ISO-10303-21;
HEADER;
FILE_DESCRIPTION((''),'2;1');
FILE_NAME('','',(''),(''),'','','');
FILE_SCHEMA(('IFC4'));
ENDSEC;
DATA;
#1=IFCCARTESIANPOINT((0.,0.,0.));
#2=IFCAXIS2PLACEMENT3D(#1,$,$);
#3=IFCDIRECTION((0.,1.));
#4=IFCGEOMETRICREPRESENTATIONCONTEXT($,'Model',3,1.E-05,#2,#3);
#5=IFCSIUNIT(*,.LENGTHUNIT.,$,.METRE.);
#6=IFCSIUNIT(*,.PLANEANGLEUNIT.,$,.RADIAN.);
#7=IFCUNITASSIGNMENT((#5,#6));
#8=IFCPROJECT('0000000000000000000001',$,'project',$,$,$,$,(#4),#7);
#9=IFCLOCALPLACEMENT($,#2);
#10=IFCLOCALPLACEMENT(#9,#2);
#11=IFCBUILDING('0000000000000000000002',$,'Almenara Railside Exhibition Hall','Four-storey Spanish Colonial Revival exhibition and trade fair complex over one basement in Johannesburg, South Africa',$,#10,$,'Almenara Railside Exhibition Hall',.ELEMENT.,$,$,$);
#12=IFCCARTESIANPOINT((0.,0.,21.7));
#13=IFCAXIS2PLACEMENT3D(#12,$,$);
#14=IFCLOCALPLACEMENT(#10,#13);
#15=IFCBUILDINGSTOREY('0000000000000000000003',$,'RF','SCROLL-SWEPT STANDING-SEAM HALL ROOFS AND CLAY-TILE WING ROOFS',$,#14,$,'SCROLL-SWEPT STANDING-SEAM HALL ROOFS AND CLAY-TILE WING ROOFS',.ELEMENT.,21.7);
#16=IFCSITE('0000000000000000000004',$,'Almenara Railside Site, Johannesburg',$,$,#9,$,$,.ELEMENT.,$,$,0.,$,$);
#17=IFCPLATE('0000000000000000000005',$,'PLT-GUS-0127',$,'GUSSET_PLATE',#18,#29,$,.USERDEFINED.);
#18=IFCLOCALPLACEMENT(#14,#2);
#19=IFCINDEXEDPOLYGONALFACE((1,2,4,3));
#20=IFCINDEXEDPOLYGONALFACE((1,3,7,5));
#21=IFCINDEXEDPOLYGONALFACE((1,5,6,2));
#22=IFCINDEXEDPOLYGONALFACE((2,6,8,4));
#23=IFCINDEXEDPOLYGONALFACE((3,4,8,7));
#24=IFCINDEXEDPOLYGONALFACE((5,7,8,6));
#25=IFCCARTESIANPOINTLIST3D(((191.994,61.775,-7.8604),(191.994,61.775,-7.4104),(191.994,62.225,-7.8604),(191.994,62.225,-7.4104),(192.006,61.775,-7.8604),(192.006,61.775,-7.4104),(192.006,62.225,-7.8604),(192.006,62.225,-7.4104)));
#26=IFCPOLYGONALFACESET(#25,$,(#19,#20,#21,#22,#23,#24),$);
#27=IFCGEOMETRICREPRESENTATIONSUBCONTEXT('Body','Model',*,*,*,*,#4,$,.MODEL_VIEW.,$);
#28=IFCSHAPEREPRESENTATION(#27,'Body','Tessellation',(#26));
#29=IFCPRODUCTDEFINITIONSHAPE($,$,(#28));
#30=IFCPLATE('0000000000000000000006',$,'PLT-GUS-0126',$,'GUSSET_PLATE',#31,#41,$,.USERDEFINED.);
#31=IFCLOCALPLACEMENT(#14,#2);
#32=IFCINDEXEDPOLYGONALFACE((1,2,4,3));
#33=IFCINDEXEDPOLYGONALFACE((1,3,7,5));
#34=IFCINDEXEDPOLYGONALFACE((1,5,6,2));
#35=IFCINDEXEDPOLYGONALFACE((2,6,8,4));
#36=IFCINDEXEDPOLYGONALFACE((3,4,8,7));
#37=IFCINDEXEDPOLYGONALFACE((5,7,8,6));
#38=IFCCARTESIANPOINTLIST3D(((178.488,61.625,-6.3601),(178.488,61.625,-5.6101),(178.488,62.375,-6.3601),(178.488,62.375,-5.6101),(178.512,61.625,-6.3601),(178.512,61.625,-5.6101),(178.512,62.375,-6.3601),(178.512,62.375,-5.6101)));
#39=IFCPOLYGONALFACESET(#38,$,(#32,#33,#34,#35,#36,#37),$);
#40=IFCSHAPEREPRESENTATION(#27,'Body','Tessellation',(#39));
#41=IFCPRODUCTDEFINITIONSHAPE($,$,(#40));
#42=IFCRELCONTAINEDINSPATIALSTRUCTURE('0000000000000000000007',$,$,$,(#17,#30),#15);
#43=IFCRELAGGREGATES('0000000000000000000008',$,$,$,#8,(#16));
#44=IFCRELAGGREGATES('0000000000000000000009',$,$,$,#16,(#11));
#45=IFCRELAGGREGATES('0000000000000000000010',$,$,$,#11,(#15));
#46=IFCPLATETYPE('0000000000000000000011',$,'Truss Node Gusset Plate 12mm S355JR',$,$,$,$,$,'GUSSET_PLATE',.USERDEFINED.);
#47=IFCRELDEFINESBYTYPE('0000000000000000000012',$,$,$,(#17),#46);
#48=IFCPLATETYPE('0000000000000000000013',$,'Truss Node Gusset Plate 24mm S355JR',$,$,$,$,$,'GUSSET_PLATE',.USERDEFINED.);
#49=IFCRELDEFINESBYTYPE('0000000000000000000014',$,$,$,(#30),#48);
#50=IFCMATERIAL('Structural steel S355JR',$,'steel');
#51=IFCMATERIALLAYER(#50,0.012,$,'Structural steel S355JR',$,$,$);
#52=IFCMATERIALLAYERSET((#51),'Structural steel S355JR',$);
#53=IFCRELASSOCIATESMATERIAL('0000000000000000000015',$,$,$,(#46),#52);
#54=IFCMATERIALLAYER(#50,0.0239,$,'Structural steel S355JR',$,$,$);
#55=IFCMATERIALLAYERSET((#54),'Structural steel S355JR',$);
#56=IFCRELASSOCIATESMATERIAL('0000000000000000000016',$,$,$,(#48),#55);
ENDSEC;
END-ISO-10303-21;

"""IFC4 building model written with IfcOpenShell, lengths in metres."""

from ifc_helpers import new_model, si_unit, direction, frame, origin, origin_2d, place, context, subcontext, project, spatial, rectangle, extrude, material, layer, layer_set, type_object, element, save


model = new_model("IFC4")

# Units and contexts
model_context = context("Model", 3, precision=1e-05, world=origin(), true_north=direction((0.0, 1.0)))
body_context = subcontext(model_context, "Body", "Model", "MODEL_VIEW")
ifc_project = project(units=[si_unit("LENGTHUNIT", "METRE"), si_unit("PLANEANGLEUNIT", "RADIAN")], contexts=[model_context])

# Site, building, storey
site_placement = place(None, origin())
site = spatial("IfcSite", under=ifc_project, at=site_placement, Name="Almenara Railside Site, Johannesburg", CompositionType="ELEMENT", RefElevation=0.0)
building_placement = place(site_placement, origin())
building = spatial("IfcBuilding", under=site, at=building_placement, Name="Almenara Railside Exhibition Hall", Description="Four-storey Spanish Colonial Revival exhibition and trade fair complex over one basement in Johannesburg, South Africa", LongName="Almenara Railside Exhibition Hall", CompositionType="ELEMENT")
storey_placement = place(building_placement, frame((0.0, 0.0, 21.7)))
storey = spatial("IfcBuildingStorey", under=building, at=storey_placement, Name="RF", Description="SCROLL-SWEPT STANDING-SEAM HALL ROOFS AND CLAY-TILE WING ROOFS", LongName="SCROLL-SWEPT STANDING-SEAM HALL ROOFS AND CLAY-TILE WING ROOFS", CompositionType="ELEMENT", Elevation=21.7)

# Shared definitions
ifc_material_1 = material(Name="Structural steel S355JR", Category="steel")

# Plates
ifc_layer_1 = layer(ifc_material_1, 0.012, Name="Structural steel S355JR")
ifc_layer_set_1 = layer_set([ifc_layer_1], Name="Structural steel S355JR")
plate_type_1 = type_object("IfcPlateType", Name="Truss Node Gusset Plate 12mm S355JR", ElementType="GUSSET_PLATE", PredefinedType="USERDEFINED", material=ifc_layer_set_1)
plate_1_placement = place(storey_placement, frame((192.0, 62.0, -7.8604), z_axis=(0.0, 0.0, 1.0), x_axis=(0.0, 1.0, 0.0)))
element("IfcPlate", 1, at=plate_1_placement, inside=storey, type_object=plate_type_1, Name="PLT-GUS-0127", ObjectType="GUSSET_PLATE", PredefinedType="USERDEFINED", context=body_context, shape_type="SweptSolid", body=[
    extrude(rectangle(XDim=0.45, YDim=0.012, at=origin_2d()), origin(), (0.0, 0.0, 1.0), 0.45),
])
ifc_layer_2 = layer(ifc_material_1, 0.0239, Name="Structural steel S355JR")
ifc_layer_set_2 = layer_set([ifc_layer_2], Name="Structural steel S355JR")
plate_type_2 = type_object("IfcPlateType", Name="Truss Node Gusset Plate 24mm S355JR", ElementType="GUSSET_PLATE", PredefinedType="USERDEFINED", material=ifc_layer_set_2)
plate_2_placement = place(storey_placement, frame((178.5, 62.0, -6.3601), z_axis=(0.0, 0.0, 1.0), x_axis=(0.0, 1.0, 0.0)))
element("IfcPlate", 2, at=plate_2_placement, inside=storey, type_object=plate_type_2, Name="PLT-GUS-0126", ObjectType="GUSSET_PLATE", PredefinedType="USERDEFINED", context=body_context, shape_type="SweptSolid", body=[
    extrude(rectangle(XDim=0.75, YDim=0.0239, at=origin_2d()), origin(), (0.0, 0.0, 1.0), 0.75),
])

save(model, "model.ifc")
